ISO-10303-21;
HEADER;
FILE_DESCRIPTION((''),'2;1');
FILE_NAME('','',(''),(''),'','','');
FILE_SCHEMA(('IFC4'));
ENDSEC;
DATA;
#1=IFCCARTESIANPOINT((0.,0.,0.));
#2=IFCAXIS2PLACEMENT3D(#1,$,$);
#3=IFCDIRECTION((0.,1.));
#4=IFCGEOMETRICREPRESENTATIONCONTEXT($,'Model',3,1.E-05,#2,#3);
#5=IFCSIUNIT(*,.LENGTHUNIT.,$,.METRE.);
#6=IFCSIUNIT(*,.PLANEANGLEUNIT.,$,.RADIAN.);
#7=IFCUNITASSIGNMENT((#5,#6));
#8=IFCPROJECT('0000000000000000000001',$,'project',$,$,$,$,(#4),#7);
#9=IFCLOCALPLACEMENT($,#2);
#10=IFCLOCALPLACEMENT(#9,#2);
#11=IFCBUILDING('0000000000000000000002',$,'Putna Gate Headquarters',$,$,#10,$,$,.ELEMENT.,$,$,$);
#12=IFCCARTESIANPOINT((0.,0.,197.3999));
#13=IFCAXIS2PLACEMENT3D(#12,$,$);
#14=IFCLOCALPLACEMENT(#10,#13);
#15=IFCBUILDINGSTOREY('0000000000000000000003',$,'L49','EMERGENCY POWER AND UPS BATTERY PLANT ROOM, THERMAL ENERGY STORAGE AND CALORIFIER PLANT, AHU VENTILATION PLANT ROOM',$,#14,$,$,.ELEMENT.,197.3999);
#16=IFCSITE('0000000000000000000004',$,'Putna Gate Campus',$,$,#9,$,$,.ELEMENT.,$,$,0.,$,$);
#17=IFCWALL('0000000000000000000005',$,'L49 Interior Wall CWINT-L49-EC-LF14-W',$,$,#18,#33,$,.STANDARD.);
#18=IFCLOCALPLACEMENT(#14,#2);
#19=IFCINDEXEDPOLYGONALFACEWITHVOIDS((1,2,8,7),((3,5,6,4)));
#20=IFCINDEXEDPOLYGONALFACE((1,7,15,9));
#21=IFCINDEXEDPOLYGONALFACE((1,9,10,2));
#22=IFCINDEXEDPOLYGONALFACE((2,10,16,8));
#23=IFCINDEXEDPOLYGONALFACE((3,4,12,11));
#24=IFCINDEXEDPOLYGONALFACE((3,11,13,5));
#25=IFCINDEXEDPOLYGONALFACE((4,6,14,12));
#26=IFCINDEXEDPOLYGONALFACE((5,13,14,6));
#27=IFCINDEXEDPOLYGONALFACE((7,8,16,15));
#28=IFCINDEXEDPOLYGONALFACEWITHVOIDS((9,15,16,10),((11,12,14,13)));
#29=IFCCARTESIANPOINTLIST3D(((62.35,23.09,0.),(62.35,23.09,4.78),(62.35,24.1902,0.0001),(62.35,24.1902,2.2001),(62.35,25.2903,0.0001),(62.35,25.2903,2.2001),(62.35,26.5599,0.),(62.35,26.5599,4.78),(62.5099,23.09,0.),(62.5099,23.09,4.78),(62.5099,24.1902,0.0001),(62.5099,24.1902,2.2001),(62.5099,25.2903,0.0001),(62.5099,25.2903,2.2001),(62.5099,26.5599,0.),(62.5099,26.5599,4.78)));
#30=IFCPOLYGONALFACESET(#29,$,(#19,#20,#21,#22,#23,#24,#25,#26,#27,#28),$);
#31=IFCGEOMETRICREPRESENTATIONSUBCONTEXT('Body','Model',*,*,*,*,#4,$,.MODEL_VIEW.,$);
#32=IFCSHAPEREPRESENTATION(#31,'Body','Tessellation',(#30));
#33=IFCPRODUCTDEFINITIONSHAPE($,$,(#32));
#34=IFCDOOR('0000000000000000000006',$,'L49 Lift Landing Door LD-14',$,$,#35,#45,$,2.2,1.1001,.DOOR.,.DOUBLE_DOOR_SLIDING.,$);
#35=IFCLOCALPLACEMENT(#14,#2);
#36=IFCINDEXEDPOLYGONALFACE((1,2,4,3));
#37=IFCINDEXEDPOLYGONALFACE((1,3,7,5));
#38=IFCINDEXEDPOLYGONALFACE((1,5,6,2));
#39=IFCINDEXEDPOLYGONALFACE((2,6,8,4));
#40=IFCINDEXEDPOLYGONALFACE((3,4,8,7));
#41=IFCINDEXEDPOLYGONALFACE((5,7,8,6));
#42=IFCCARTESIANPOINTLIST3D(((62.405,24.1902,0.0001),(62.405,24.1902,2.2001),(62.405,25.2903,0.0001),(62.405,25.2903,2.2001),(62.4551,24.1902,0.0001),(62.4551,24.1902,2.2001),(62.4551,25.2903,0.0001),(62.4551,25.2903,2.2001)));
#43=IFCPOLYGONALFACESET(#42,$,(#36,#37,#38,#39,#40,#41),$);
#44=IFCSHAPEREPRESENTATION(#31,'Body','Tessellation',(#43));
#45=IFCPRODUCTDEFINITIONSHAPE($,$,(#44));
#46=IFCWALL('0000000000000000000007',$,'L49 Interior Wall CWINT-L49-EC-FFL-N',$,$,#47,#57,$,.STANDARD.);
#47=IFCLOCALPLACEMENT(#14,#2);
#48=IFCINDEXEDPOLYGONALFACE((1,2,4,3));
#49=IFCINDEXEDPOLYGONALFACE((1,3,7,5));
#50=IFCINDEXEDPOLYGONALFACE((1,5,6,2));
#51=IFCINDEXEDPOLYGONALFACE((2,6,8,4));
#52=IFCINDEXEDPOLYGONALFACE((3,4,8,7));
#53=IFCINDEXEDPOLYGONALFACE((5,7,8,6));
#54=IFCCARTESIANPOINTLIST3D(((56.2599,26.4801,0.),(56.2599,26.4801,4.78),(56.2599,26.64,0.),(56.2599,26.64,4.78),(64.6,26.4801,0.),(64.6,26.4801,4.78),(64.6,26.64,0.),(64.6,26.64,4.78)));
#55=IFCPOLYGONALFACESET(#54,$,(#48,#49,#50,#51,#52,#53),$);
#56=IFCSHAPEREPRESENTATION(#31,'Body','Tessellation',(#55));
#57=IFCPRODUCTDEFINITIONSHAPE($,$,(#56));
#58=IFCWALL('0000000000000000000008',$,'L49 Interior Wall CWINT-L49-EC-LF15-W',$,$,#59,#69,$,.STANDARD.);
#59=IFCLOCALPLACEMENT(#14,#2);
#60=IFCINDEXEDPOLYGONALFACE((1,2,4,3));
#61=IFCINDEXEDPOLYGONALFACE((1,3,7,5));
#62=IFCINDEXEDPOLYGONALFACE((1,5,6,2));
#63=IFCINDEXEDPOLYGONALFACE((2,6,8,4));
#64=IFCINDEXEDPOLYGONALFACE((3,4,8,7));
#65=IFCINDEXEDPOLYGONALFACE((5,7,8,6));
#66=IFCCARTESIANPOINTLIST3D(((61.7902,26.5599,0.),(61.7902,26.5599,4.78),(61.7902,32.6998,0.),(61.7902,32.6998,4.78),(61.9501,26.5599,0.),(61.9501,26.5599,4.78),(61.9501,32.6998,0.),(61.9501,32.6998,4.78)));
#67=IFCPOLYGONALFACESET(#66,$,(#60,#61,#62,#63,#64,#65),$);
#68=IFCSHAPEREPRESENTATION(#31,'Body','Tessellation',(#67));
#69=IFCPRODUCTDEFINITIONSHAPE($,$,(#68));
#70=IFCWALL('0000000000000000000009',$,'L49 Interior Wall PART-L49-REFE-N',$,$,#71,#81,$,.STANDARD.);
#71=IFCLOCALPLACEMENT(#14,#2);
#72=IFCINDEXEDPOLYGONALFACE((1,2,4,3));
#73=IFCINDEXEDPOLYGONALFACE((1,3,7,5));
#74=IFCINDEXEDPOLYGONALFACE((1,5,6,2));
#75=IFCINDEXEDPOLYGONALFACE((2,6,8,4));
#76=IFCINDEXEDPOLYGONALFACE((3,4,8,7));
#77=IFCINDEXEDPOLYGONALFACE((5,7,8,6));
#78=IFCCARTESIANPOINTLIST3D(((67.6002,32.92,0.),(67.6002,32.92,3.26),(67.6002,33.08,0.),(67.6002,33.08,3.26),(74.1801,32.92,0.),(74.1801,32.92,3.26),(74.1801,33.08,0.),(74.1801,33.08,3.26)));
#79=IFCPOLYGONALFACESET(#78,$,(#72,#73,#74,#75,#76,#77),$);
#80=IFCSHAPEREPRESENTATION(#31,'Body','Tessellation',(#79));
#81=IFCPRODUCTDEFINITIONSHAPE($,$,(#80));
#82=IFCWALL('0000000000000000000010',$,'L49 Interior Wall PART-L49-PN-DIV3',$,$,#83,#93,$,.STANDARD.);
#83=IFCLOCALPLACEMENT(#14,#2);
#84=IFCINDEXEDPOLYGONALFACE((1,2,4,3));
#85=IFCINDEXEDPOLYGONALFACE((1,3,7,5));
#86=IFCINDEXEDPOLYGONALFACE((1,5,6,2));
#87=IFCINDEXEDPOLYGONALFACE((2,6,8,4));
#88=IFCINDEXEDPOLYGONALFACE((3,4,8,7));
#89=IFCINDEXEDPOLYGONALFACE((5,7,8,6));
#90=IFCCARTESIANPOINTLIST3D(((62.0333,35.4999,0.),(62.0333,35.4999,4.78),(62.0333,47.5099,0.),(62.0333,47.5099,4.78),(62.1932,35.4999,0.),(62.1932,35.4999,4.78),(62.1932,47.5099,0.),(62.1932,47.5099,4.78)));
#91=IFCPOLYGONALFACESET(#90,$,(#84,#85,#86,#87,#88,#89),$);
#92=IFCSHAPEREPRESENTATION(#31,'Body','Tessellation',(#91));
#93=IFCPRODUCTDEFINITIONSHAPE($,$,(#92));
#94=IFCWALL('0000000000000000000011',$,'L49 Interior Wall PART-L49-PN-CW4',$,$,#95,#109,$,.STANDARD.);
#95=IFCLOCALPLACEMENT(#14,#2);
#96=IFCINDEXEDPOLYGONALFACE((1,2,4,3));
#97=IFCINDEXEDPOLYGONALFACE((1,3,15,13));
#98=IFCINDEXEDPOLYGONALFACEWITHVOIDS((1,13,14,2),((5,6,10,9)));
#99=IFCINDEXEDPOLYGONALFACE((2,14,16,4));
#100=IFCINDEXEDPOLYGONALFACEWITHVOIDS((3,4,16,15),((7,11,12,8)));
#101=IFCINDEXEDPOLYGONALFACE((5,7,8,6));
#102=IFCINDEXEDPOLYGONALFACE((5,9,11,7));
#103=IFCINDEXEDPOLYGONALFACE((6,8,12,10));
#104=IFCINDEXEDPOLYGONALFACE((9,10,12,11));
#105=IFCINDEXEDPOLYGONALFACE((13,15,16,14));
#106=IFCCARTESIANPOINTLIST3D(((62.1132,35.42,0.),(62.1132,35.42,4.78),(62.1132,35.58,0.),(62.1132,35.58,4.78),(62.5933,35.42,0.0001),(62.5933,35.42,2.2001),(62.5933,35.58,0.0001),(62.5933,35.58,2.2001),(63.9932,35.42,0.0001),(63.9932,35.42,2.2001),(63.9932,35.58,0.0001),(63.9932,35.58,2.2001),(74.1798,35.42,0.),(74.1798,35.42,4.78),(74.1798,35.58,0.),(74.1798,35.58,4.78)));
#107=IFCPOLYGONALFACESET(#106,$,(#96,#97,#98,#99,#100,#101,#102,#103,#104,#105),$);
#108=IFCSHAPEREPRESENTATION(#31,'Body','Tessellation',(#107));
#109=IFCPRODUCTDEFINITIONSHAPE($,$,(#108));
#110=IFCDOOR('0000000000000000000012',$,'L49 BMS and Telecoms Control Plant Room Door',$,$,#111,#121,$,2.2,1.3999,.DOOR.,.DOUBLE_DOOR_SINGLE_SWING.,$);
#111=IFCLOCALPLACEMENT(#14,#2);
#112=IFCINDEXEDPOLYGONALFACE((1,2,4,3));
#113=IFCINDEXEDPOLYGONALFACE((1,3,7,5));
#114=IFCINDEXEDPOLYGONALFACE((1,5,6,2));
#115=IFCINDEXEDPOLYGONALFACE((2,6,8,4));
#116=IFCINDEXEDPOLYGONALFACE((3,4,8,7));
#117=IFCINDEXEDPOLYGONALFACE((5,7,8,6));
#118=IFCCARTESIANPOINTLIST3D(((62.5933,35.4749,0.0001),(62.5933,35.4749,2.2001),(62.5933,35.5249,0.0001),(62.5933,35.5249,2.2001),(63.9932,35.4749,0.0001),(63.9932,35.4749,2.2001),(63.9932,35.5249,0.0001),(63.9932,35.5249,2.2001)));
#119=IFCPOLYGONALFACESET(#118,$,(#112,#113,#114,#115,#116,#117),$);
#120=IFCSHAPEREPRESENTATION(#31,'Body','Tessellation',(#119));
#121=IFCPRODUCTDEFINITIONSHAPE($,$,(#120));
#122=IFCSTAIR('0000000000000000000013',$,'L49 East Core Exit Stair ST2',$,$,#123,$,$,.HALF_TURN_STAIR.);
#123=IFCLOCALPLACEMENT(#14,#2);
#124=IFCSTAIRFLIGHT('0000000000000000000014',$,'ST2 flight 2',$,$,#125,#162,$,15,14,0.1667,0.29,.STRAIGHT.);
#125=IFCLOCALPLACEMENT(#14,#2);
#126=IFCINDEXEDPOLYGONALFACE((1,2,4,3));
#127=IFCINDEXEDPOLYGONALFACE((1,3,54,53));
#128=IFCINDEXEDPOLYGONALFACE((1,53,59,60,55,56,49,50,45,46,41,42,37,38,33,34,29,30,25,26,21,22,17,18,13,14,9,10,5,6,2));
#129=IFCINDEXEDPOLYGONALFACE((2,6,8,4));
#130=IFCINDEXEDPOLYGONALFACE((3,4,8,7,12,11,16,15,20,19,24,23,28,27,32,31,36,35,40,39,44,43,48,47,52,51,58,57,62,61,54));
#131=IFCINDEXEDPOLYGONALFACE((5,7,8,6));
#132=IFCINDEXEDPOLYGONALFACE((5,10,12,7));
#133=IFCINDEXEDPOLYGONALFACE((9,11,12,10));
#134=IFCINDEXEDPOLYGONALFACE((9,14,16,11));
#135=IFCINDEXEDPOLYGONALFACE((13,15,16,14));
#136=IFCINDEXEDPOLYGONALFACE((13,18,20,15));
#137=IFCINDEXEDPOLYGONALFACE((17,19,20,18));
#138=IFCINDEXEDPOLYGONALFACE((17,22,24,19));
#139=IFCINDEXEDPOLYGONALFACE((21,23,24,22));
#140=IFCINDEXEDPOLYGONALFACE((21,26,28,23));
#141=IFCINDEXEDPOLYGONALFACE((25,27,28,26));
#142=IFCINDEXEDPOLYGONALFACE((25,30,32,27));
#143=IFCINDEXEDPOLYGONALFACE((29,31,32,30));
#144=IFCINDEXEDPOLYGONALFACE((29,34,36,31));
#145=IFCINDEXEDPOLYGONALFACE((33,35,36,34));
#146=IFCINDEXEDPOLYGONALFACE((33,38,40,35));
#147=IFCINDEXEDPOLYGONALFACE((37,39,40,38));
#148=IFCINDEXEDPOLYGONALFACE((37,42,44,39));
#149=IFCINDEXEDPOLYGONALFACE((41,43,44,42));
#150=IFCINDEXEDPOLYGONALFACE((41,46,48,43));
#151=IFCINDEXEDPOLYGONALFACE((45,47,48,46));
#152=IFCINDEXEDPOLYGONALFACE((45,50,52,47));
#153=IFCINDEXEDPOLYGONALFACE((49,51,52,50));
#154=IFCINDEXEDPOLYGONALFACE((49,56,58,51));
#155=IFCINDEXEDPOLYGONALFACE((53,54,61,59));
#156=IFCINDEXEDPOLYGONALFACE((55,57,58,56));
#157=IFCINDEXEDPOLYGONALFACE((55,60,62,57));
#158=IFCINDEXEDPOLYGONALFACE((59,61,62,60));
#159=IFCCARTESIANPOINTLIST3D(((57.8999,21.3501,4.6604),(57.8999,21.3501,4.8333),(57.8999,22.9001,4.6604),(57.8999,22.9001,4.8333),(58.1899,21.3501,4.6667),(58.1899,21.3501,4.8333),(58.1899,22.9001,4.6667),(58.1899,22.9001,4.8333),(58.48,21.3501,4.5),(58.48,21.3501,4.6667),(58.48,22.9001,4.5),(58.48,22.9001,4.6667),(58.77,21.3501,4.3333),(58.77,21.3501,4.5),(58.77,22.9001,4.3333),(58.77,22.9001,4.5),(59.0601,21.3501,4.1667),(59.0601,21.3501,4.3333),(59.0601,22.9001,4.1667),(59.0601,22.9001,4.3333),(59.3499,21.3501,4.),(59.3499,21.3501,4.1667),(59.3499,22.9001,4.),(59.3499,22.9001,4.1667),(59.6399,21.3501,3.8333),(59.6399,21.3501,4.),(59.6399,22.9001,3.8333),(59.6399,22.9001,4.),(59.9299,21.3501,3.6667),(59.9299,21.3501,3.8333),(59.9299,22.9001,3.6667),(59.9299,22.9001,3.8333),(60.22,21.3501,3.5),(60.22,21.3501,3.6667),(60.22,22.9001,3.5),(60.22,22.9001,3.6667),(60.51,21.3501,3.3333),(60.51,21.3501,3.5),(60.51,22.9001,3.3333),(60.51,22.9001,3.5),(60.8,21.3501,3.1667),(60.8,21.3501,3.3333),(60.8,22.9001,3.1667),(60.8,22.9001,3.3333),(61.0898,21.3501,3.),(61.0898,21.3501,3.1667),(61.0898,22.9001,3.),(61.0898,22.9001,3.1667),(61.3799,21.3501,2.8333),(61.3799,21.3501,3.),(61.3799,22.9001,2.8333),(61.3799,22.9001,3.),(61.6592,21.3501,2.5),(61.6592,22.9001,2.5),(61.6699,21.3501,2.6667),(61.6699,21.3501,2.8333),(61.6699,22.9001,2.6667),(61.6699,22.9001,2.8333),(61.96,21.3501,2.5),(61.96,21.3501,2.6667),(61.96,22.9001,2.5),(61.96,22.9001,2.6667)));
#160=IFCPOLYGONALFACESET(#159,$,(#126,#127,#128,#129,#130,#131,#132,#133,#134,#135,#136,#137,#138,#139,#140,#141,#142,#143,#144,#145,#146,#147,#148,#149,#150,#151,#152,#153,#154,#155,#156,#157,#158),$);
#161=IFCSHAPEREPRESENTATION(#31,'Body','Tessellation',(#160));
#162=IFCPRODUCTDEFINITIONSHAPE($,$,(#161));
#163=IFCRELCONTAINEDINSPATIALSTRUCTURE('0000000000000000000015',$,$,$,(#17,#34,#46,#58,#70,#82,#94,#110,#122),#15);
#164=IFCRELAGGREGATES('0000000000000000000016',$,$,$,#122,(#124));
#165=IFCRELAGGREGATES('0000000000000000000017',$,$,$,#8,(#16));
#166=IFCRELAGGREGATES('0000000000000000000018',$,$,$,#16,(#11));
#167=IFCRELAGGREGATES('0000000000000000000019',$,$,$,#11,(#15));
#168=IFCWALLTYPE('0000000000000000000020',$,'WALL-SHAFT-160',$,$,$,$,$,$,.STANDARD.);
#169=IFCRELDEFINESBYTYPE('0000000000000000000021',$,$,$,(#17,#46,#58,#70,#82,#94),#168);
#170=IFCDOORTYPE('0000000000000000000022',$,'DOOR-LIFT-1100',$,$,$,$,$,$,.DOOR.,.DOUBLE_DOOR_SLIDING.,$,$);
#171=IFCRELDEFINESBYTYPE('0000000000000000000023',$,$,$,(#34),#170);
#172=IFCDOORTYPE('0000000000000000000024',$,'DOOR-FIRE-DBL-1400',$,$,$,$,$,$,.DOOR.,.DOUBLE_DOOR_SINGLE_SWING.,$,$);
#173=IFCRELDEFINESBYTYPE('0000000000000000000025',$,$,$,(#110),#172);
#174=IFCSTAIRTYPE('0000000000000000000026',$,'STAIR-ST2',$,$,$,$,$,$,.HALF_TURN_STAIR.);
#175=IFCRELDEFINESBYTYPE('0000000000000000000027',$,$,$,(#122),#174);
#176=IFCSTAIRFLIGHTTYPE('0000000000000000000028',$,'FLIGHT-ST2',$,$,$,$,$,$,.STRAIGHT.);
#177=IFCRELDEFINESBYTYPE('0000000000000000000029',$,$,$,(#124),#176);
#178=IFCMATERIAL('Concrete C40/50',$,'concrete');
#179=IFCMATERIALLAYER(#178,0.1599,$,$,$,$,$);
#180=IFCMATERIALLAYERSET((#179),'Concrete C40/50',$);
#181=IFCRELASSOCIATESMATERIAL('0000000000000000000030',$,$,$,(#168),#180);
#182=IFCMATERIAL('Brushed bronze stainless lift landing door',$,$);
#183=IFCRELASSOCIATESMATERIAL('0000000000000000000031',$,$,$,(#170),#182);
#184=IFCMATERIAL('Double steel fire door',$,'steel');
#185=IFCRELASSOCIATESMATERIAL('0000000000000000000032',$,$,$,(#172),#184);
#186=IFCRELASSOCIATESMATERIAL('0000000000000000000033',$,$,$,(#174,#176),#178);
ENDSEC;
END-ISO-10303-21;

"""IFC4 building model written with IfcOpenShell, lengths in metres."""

from ifc_helpers import new_model, si_unit, direction, frame, frame_2d, origin, place, context, subcontext, project, spatial, polyline, rectangle, outline, extrude, material, layer, layer_set, type_object, element, fill, aggregate, save


model = new_model("IFC4")

# Units and contexts
model_context = context("Model", 3, precision=1e-05, world=origin(), true_north=direction((0.0, 1.0)))
body_context = subcontext(model_context, "Body", "Model", "MODEL_VIEW")
ifc_project = project(units=[si_unit("LENGTHUNIT", "METRE"), si_unit("PLANEANGLEUNIT", "RADIAN")], contexts=[model_context])

# Site, building, storey
site_placement = place(None, origin())
site = spatial("IfcSite", under=ifc_project, at=site_placement, Name="Putna Gate Campus", CompositionType="ELEMENT", RefElevation=0.0)
building_placement = place(site_placement, origin())
building = spatial("IfcBuilding", under=site, at=building_placement, Name="Putna Gate Headquarters", CompositionType="ELEMENT")
storey_placement = place(building_placement, frame((0.0, 0.0, 197.3999)))
storey = spatial("IfcBuildingStorey", under=building, at=storey_placement, Name="L49", Description="EMERGENCY POWER AND UPS BATTERY PLANT ROOM, THERMAL ENERGY STORAGE AND CALORIFIER PLANT, AHU VENTILATION PLANT ROOM", CompositionType="ELEMENT", Elevation=197.3999)

# Wall, opening, door
ifc_material_1 = material(Name="Concrete C40/50", Category="concrete")
ifc_layer_1 = layer(ifc_material_1, 0.1599)
ifc_layer_set_1 = layer_set([ifc_layer_1], Name="Concrete C40/50")
wall_type_1 = type_object("IfcWallType", Name="WALL-SHAFT-160", PredefinedType="STANDARD", material=ifc_layer_set_1)
wall_1_placement = place(storey_placement, frame((62.4299, 23.0901, 0.0), z_axis=(0.0, 0.0, 1.0), x_axis=(0.0, 1.0, 0.0)))
wall_1 = element("IfcWall", 1, at=wall_1_placement, inside=storey, type_object=wall_type_1, Name="L49 Interior Wall CWINT-L49-EC-LF14-W", PredefinedType="STANDARD", context=body_context, shape_type="SweptSolid", body=[
    extrude(rectangle(XDim=3.47, YDim=0.1599, at=frame_2d((1.7349, 0.0))), origin(), (0.0, 0.0, 1.0), 4.78),
])
opening_1_placement = place(wall_1_placement, frame((1.1001, 0.0, 0.0)))
opening_1 = element("IfcOpeningElement", 2, at=opening_1_placement, cuts=wall_1, PredefinedType="OPENING", context=body_context, shape_type="SweptSolid", body=[
    extrude(rectangle(XDim=1.1001, YDim=2.2, at=frame_2d((0.55, 1.1001))), frame((0.0, 0.0898, 0.0), z_axis=(0.0, -1.0, 0.0), x_axis=(1.0, 0.0, 0.0)), (0.0, 0.0, 1.0), 0.1799),
])
ifc_material_2 = material(Name="Brushed bronze stainless lift landing door")
door_type_1 = type_object("IfcDoorType", Name="DOOR-LIFT-1100", OperationType="DOUBLE_DOOR_SLIDING", PredefinedType="DOOR", material=ifc_material_2)
door_1_placement = place(opening_1_placement, origin())
door_1 = element("IfcDoor", 3, at=door_1_placement, inside=storey, type_object=door_type_1, Name="L49 Lift Landing Door LD-14", OperationType="DOUBLE_DOOR_SLIDING", OverallHeight=2.2, OverallWidth=1.1001, PredefinedType="DOOR", context=body_context, shape_type="SweptSolid", body=[
    extrude(rectangle(XDim=1.1001, YDim=2.2, at=frame_2d((0.55, 1.1001))), frame((0.0, 0.0249, 0.0), z_axis=(0.0, -1.0, 0.0), x_axis=(1.0, 0.0, 0.0)), (0.0, 0.0, 1.0), 0.05),
])
fill(opening_1, door_1)

# Walls
wall_2_placement = place(storey_placement, frame((56.26, 26.5601, 0.0), z_axis=(0.0, 0.0, 1.0), x_axis=(1.0, 0.0, 0.0)))
element("IfcWall", 4, at=wall_2_placement, inside=storey, type_object=wall_type_1, Name="L49 Interior Wall CWINT-L49-EC-FFL-N", PredefinedType="STANDARD", context=body_context, shape_type="SweptSolid", body=[
    extrude(rectangle(XDim=8.3401, YDim=0.1599, at=frame_2d((4.1699, 0.0))), origin(), (0.0, 0.0, 1.0), 4.78),
])
wall_3_placement = place(storey_placement, frame((61.8701, 26.5601, 0.0), z_axis=(0.0, 0.0, 1.0), x_axis=(0.0, 1.0, 0.0)))
element("IfcWall", 5, at=wall_3_placement, inside=storey, type_object=wall_type_1, Name="L49 Interior Wall CWINT-L49-EC-LF15-W", PredefinedType="STANDARD", context=body_context, shape_type="SweptSolid", body=[
    extrude(rectangle(XDim=6.1399, YDim=0.1599, at=frame_2d((3.0698, 0.0))), origin(), (0.0, 0.0, 1.0), 4.78),
])
wall_4_placement = place(storey_placement, frame((67.6001, 33.0, 0.0), z_axis=(0.0, 0.0, 1.0), x_axis=(1.0, 0.0, 0.0)))
element("IfcWall", 6, at=wall_4_placement, inside=storey, type_object=wall_type_1, Name="L49 Interior Wall PART-L49-REFE-N", PredefinedType="STANDARD", context=body_context, shape_type="SweptSolid", body=[
    extrude(rectangle(XDim=6.5798, YDim=0.1599, at=frame_2d((3.29, 0.0))), origin(), (0.0, 0.0, 1.0), 3.26),
])
wall_5_placement = place(storey_placement, frame((62.1133, 35.5, 0.0), z_axis=(0.0, 0.0, 1.0), x_axis=(0.0, 1.0, 0.0)))
element("IfcWall", 7, at=wall_5_placement, inside=storey, type_object=wall_type_1, Name="L49 Interior Wall PART-L49-PN-DIV3", PredefinedType="STANDARD", context=body_context, shape_type="SweptSolid", body=[
    extrude(rectangle(XDim=12.01, YDim=0.1599, at=frame_2d((6.0049, 0.0))), origin(), (0.0, 0.0, 1.0), 4.78),
])

# Wall, opening, door
wall_6_placement = place(storey_placement, frame((62.1133, 35.5, 0.0), z_axis=(0.0, 0.0, 1.0), x_axis=(1.0, 0.0, 0.0)))
wall_6 = element("IfcWall", 8, at=wall_6_placement, inside=storey, type_object=wall_type_1, Name="L49 Interior Wall PART-L49-PN-CW4", PredefinedType="STANDARD", context=body_context, shape_type="SweptSolid", body=[
    extrude(rectangle(XDim=12.0667, YDim=0.1599, at=frame_2d((6.0332, 0.0))), origin(), (0.0, 0.0, 1.0), 4.78),
])
opening_2_placement = place(wall_6_placement, frame((0.48, 0.0, 0.0)))
opening_2 = element("IfcOpeningElement", 9, at=opening_2_placement, cuts=wall_6, PredefinedType="OPENING", context=body_context, shape_type="SweptSolid", body=[
    extrude(rectangle(XDim=1.3999, YDim=2.2, at=frame_2d((0.7, 1.1001))), frame((0.0, 0.0898, 0.0), z_axis=(0.0, -1.0, 0.0), x_axis=(1.0, 0.0, 0.0)), (0.0, 0.0, 1.0), 0.1799),
])
ifc_material_3 = material(Name="Double steel fire door", Category="steel")
door_type_2 = type_object("IfcDoorType", Name="DOOR-FIRE-DBL-1400", OperationType="DOUBLE_DOOR_SINGLE_SWING", PredefinedType="DOOR", material=ifc_material_3)
door_2_placement = place(opening_2_placement, origin())
door_2 = element("IfcDoor", 10, at=door_2_placement, inside=storey, type_object=door_type_2, Name="L49 BMS and Telecoms Control Plant Room Door", OperationType="DOUBLE_DOOR_SINGLE_SWING", OverallHeight=2.2, OverallWidth=1.3999, PredefinedType="DOOR", context=body_context, shape_type="SweptSolid", body=[
    extrude(rectangle(XDim=1.3999, YDim=2.2, at=frame_2d((0.7, 1.1001))), frame((0.0, 0.0249, 0.0), z_axis=(0.0, -1.0, 0.0), x_axis=(1.0, 0.0, 0.0)), (0.0, 0.0, 1.0), 0.05),
])
fill(opening_2, door_2)

# Stair, stair flight
stair_type = type_object("IfcStairType", Name="STAIR-ST2", PredefinedType="HALF_TURN_STAIR", material=ifc_material_1)
stair_placement = place(storey_placement, origin())
stair = element("IfcStair", 11, at=stair_placement, inside=storey, type_object=stair_type, Name="L49 East Core Exit Stair ST2", PredefinedType="HALF_TURN_STAIR")
stair_flight_type = type_object("IfcStairFlightType", Name="FLIGHT-ST2", PredefinedType="STRAIGHT", material=ifc_material_1)
stair_flight_placement = place(storey_placement, frame((61.96, 22.125, 2.5), z_axis=(0.0, 0.0, 1.0), x_axis=(-1.0, 0.0, 0.0)))
stair_flight = element("IfcStairFlight", 12, at=stair_flight_placement, type_object=stair_flight_type, Name="ST2 flight 2", NumberOfRisers=15, NumberOfTreads=14, PredefinedType="STRAIGHT", RiserHeight=0.1667, TreadLength=0.29, context=body_context, shape_type="SweptSolid", body=[
    extrude(outline(polyline([(0.0, 0.0), (0.0, 0.1667), (0.29, 0.1667), (0.29, 0.3333), (0.5801, 0.3333), (0.5801, 0.5), (0.8701, 0.5), (0.8701, 0.6667), (1.1599, 0.6667), (1.1599, 0.8333), (1.45, 0.8333), (1.45, 1.0), (1.74, 1.0), (1.74, 1.1667), (2.03, 1.1667), (2.03, 1.3333), (2.3201, 1.3333), (2.3201, 1.5), (2.6101, 1.5), (2.6101, 1.6667), (2.8999, 1.6667), (2.8999, 1.8333), (3.1899, 1.8333), (3.1899, 2.0), (3.48, 2.0), (3.48, 2.1667), (3.77, 2.1667), (3.77, 2.3333), (4.0601, 2.3333), (4.0601, 2.5), (4.0601, 2.1604), (0.3008, 0.0), (0.0, 0.0)])), frame((0.0, 0.7749, 0.0), z_axis=(0.0, -1.0, 0.0), x_axis=(1.0, 0.0, 0.0)), (0.0, 0.0, 1.0), 1.55),
])
aggregate(stair, [stair_flight])

save(model, "model.ifc")
